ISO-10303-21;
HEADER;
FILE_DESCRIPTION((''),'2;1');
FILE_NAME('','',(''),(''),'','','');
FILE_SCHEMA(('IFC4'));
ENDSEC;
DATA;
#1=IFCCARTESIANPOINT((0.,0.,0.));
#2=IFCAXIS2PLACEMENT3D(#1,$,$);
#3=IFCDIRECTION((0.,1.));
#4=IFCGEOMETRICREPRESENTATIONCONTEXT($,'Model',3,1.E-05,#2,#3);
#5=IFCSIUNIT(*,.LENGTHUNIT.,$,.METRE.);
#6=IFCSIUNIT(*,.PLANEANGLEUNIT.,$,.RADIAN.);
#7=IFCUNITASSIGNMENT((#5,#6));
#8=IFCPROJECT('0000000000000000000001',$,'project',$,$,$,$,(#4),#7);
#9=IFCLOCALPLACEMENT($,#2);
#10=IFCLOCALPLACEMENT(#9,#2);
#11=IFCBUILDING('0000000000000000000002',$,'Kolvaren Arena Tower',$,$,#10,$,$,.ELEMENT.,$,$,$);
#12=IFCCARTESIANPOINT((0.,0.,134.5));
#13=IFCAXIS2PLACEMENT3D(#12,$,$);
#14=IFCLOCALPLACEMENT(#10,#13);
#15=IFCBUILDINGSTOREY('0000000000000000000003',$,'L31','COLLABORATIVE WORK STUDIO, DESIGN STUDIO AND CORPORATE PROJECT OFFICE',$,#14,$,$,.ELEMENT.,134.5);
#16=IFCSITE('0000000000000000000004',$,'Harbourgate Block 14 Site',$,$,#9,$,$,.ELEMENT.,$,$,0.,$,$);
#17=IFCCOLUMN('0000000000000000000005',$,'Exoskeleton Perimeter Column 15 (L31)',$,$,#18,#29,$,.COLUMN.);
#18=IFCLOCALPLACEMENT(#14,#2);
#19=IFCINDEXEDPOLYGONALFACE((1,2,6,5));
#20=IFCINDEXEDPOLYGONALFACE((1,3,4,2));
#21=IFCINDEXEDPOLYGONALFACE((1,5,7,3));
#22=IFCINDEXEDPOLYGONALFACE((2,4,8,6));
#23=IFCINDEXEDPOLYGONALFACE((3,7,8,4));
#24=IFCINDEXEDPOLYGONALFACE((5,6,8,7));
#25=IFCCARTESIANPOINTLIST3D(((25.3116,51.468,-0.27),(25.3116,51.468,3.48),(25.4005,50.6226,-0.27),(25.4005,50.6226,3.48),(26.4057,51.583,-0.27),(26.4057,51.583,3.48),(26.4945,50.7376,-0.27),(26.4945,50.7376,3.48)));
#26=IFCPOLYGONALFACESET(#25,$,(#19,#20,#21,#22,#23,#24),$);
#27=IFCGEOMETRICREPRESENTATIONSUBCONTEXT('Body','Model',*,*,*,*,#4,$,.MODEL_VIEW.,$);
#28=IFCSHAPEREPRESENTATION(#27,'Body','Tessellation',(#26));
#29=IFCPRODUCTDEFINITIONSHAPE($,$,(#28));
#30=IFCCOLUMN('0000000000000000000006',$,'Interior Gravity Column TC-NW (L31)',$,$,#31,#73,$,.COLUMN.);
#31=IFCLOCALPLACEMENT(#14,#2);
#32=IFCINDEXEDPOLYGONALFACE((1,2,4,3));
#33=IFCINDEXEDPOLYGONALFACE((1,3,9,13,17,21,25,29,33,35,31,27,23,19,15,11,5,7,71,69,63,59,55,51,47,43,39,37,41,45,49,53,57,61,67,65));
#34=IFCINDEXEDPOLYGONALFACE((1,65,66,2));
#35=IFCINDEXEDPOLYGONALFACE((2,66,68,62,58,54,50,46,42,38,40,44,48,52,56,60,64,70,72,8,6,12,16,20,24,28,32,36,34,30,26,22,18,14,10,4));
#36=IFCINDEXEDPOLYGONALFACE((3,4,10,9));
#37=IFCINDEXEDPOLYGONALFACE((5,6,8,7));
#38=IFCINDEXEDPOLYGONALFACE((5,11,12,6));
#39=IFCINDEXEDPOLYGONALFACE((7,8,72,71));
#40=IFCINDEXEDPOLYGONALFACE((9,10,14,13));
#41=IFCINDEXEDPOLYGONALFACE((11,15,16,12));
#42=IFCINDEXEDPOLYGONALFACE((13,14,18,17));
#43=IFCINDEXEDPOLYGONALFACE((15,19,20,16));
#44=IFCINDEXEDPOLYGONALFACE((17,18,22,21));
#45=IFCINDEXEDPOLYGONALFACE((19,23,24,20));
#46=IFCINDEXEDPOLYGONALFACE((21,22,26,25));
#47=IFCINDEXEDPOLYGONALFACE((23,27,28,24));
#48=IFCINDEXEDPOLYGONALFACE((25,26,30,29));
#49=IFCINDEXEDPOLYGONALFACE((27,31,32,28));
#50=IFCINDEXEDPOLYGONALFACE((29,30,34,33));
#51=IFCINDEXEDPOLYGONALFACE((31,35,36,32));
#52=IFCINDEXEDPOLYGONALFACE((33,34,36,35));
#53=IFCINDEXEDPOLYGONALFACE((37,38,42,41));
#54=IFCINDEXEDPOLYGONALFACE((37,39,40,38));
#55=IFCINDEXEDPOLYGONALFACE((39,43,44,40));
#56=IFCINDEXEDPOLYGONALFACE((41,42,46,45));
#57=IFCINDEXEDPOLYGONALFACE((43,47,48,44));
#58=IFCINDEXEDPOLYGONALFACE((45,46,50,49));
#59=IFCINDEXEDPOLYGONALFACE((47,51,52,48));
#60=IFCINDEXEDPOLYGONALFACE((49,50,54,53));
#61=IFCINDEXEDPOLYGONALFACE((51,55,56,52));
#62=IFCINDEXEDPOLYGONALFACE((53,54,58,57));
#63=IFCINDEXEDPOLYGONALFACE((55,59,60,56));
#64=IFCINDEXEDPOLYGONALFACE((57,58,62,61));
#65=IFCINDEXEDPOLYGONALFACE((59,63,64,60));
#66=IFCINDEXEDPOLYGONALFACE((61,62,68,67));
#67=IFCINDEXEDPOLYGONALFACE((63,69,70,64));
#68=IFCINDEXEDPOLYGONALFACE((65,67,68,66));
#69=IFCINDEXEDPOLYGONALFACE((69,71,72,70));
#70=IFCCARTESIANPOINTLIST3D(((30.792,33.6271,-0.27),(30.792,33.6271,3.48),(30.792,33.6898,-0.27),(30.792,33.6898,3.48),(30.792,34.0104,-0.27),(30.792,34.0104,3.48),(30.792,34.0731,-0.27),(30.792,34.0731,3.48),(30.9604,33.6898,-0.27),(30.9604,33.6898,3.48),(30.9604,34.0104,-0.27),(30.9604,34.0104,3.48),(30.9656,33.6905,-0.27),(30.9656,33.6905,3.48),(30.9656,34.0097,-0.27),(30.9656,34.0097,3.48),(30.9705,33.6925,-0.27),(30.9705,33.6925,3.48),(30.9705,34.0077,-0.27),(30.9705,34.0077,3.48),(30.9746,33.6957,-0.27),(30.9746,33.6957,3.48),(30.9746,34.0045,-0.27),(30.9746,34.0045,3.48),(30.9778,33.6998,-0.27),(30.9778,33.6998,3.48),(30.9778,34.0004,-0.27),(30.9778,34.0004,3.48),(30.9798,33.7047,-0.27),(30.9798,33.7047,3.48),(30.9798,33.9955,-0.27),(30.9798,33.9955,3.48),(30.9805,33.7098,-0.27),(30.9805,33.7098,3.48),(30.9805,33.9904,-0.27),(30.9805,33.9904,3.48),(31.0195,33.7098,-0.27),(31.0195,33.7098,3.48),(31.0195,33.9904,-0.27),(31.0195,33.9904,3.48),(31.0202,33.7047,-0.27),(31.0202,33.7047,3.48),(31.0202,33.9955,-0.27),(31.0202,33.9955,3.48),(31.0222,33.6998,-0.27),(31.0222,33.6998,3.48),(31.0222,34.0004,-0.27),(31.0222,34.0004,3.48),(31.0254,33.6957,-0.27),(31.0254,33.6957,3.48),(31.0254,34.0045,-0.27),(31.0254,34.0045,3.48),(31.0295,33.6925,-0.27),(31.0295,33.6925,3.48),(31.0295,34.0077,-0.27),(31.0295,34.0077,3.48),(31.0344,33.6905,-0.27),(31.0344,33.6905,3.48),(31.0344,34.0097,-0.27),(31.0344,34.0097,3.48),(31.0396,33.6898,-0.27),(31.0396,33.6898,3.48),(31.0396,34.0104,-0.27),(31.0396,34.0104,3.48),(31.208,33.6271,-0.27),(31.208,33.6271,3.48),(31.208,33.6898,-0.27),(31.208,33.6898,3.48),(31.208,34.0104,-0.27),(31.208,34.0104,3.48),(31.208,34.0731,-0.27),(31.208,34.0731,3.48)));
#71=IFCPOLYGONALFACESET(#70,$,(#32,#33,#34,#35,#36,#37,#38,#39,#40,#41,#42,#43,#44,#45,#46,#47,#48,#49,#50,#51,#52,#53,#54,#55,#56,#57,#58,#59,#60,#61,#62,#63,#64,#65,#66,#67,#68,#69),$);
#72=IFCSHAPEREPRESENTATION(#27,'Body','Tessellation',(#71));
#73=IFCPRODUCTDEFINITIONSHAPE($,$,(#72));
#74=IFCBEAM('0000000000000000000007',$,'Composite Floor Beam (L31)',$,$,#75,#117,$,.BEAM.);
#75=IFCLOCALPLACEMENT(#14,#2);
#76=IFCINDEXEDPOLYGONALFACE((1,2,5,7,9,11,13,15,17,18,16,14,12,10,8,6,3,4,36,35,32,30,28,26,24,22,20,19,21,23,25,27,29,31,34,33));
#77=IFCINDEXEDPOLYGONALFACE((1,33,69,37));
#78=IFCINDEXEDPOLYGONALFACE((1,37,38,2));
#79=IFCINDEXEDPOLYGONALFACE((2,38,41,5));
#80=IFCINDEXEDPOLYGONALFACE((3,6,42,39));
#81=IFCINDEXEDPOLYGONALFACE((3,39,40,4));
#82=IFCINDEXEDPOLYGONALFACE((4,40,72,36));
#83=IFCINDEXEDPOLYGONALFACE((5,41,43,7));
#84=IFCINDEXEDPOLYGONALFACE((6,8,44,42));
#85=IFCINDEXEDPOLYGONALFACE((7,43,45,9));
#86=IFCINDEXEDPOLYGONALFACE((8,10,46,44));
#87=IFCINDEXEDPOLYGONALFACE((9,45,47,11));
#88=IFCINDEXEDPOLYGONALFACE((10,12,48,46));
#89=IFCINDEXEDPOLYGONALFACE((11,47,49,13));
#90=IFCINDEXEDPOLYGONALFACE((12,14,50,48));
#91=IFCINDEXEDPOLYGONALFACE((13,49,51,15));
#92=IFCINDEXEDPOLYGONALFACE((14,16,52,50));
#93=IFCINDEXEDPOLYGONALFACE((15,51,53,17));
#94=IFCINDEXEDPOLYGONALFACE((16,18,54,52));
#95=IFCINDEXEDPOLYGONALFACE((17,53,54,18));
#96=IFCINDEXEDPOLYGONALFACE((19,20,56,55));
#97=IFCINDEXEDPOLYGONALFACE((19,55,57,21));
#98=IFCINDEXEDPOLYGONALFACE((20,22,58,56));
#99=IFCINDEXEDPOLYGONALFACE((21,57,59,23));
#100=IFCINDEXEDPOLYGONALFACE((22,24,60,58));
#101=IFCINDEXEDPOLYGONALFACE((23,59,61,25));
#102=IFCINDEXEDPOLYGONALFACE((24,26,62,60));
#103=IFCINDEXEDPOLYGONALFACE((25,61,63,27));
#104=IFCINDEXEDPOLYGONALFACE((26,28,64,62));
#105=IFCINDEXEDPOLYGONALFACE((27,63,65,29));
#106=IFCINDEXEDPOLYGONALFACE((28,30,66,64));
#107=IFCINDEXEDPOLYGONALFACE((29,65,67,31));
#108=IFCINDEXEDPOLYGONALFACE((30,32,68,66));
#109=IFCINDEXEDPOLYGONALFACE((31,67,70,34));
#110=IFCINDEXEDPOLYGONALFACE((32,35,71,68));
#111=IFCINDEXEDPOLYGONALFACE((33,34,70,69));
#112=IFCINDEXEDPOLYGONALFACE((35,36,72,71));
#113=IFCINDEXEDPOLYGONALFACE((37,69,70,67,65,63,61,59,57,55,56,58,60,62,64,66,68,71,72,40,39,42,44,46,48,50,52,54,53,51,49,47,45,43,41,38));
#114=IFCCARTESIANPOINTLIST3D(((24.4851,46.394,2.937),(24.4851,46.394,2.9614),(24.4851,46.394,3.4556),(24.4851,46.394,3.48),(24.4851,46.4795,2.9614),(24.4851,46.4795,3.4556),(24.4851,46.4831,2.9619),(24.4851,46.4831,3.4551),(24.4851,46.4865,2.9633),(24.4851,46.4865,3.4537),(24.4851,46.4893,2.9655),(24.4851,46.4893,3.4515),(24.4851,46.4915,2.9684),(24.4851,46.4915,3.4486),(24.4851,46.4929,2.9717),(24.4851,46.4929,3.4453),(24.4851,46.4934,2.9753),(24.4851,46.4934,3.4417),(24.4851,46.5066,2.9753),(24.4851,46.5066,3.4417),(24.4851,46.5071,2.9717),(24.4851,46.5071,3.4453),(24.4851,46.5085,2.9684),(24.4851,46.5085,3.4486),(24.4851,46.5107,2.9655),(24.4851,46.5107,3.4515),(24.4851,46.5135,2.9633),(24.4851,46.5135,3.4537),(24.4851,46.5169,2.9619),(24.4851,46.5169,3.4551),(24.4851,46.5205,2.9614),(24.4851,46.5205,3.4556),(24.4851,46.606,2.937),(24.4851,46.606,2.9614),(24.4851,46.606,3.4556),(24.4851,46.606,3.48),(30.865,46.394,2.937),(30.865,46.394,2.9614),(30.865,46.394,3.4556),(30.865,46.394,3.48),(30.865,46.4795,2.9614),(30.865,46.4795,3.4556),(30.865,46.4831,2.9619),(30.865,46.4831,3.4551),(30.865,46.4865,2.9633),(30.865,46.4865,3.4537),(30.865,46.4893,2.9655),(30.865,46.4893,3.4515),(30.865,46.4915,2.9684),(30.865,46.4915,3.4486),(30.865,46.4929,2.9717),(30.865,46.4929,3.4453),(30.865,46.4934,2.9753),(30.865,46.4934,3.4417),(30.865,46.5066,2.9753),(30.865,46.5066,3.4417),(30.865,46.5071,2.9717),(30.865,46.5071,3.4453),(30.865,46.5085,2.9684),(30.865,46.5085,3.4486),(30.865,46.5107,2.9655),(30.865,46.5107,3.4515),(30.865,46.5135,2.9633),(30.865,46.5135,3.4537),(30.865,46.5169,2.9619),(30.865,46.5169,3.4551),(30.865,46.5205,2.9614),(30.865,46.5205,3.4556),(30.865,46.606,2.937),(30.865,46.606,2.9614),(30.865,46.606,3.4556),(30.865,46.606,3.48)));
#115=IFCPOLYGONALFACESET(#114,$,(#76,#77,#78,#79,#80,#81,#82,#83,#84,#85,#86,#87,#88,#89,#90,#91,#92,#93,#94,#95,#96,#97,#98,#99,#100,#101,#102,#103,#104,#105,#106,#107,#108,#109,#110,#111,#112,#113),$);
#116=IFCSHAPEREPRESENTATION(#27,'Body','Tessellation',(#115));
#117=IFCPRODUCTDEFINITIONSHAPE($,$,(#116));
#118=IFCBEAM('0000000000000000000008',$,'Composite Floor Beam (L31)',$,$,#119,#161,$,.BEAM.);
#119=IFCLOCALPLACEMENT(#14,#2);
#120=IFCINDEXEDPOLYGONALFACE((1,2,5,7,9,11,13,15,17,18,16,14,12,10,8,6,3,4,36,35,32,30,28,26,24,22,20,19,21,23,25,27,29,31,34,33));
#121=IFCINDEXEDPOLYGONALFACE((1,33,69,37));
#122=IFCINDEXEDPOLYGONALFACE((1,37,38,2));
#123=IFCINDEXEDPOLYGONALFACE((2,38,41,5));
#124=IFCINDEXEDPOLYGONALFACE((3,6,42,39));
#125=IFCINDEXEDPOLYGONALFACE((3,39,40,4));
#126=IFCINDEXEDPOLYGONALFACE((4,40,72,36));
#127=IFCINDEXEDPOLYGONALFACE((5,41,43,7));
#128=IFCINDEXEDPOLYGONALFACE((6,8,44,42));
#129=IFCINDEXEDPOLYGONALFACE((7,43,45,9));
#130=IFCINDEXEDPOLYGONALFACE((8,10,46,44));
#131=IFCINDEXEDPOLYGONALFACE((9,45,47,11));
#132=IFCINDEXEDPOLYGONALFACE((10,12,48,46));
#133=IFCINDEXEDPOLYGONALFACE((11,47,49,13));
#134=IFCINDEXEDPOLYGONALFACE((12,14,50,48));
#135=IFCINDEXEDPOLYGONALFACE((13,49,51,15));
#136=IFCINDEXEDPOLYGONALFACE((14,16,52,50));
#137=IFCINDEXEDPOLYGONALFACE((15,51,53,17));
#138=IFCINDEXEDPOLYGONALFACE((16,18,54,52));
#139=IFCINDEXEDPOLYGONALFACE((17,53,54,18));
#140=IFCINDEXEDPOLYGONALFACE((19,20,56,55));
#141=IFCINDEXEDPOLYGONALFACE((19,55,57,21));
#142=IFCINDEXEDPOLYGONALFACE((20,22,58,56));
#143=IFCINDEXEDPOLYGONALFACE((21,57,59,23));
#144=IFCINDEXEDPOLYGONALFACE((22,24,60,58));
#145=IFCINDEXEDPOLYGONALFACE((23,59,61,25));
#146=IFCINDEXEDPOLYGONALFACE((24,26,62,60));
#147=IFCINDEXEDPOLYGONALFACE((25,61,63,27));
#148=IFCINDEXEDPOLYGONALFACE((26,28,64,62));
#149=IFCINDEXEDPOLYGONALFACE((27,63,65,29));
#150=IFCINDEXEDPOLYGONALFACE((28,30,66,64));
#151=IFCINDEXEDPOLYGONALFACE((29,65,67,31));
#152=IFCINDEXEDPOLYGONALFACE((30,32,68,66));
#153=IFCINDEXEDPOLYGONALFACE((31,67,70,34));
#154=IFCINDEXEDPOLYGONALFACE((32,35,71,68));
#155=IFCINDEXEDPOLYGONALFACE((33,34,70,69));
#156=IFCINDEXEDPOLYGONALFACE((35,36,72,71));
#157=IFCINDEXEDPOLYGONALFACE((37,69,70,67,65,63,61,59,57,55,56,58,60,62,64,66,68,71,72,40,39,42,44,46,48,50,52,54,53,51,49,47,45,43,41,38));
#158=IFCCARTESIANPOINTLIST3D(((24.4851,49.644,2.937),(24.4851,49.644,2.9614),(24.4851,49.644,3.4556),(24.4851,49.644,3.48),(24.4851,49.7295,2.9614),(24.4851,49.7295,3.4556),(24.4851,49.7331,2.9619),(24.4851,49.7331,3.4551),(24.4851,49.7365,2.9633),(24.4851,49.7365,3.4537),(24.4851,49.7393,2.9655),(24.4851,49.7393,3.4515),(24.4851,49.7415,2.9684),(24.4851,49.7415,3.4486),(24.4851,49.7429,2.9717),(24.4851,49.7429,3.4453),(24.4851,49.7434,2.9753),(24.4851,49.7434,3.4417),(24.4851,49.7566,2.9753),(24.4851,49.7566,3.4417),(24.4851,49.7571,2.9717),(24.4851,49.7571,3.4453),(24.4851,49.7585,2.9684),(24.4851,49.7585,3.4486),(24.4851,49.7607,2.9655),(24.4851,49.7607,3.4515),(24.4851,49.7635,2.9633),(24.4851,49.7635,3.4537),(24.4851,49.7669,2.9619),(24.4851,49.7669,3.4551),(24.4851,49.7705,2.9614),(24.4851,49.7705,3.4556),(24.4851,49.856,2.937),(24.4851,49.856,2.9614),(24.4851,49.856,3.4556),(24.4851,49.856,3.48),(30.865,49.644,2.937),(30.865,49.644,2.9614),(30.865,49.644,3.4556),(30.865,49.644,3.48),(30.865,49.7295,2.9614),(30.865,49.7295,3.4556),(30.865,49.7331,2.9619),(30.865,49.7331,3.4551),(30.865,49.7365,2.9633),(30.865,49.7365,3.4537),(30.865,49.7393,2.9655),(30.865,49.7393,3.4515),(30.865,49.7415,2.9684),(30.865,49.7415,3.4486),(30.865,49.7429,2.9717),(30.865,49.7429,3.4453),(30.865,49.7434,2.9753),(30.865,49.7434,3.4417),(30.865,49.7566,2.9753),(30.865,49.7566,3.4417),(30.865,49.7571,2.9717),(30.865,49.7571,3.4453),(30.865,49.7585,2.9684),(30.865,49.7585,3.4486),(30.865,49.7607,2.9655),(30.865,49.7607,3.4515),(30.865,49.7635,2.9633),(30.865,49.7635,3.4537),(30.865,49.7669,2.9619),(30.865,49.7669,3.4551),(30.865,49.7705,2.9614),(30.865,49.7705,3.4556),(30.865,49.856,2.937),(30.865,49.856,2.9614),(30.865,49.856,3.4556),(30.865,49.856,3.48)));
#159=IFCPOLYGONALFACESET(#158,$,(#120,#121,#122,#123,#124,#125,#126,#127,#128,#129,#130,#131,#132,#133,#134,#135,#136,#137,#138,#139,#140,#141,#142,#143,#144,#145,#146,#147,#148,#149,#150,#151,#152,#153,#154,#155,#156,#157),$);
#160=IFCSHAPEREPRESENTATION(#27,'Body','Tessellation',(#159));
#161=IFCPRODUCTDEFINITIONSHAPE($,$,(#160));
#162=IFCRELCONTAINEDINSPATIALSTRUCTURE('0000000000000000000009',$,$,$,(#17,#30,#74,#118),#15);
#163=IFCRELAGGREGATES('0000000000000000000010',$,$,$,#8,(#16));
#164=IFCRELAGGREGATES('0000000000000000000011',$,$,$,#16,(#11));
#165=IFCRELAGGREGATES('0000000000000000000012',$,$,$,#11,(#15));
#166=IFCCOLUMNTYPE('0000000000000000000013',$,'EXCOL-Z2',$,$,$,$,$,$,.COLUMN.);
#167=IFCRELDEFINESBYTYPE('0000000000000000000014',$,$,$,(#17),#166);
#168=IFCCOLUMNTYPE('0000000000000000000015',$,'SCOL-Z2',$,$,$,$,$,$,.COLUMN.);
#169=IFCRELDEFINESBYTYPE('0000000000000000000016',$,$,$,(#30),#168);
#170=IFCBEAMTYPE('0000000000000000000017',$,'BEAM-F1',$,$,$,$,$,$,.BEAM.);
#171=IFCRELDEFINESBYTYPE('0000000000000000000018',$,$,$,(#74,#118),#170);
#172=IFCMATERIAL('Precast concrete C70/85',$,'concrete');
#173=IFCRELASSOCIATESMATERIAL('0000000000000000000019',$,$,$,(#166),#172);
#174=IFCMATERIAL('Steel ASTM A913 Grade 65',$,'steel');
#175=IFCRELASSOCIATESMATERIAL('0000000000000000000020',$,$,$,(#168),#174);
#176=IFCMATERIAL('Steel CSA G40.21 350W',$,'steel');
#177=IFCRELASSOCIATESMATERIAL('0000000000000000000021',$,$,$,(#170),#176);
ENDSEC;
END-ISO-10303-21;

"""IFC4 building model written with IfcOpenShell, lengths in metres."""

from ifc_helpers import new_model, si_unit, direction, frame, origin, origin_2d, place, context, subcontext, project, spatial, rectangle, i_section, extrude, material, material_profile, profile_set, type_object, element, save


model = new_model("IFC4")

# Units and contexts
model_context = context("Model", 3, precision=1e-05, world=origin(), true_north=direction((0.0, 1.0)))
body_context = subcontext(model_context, "Body", "Model", "MODEL_VIEW")
ifc_project = project(units=[si_unit("LENGTHUNIT", "METRE"), si_unit("PLANEANGLEUNIT", "RADIAN")], contexts=[model_context])

# Site, building, storey
site_placement = place(None, origin())
site = spatial("IfcSite", under=ifc_project, at=site_placement, Name="Harbourgate Block 14 Site", CompositionType="ELEMENT", RefElevation=0.0)
building_placement = place(site_placement, origin())
building = spatial("IfcBuilding", under=site, at=building_placement, Name="Kolvaren Arena Tower", CompositionType="ELEMENT")
storey_placement = place(building_placement, frame((0.0, 0.0, 134.5)))
storey = spatial("IfcBuildingStorey", under=building, at=storey_placement, Name="L31", Description="COLLABORATIVE WORK STUDIO, DESIGN STUDIO AND CORPORATE PROJECT OFFICE", CompositionType="ELEMENT", Elevation=134.5)

# Columns
ifc_material_1 = material(Name="Precast concrete C70/85", Category="concrete")
ifc_material_profile_1 = material_profile(ifc_material_1, rectangle(XDim=1.1001, YDim=0.8501, at=origin_2d()), Name="RC-1100x850")
ifc_profile_set_1 = profile_set([ifc_material_profile_1], Name="Precast concrete C70/85")
column_type_1 = type_object("IfcColumnType", Name="EXCOL-Z2", PredefinedType="COLUMN", material=ifc_profile_set_1)
column_1_placement = place(storey_placement, frame((25.9031, 51.1028, -0.27), z_axis=(0.0, 0.0, 1.0), x_axis=(0.994522, 0.104528, 0.0)))
element("IfcColumn", 1, at=column_1_placement, inside=storey, type_object=column_type_1, Name="Exoskeleton Perimeter Column 15 (L31)", PredefinedType="COLUMN", context=body_context, shape_type="SweptSolid", body=[
    extrude(rectangle(XDim=1.1001, YDim=0.8501, at=origin_2d()), origin(), (0.0, 0.0, 1.0), 3.75),
])
ifc_material_2 = material(Name="Steel ASTM A913 Grade 65", Category="steel")
ifc_material_profile_2 = material_profile(ifc_material_2, i_section(OverallWidth=0.416, OverallDepth=0.446, WebThickness=0.0391, FlangeThickness=0.0627, FilletRadius=0.02, at=origin_2d()), Name="W360x509")
ifc_profile_set_2 = profile_set([ifc_material_profile_2], Name="Steel ASTM A913 Grade 65")
column_type_2 = type_object("IfcColumnType", Name="SCOL-Z2", PredefinedType="COLUMN", material=ifc_profile_set_2)
column_2_placement = place(storey_placement, frame((31.0, 33.8501, -0.27), z_axis=(0.0, 0.0, 1.0), x_axis=(1.0, 0.0, 0.0)))
element("IfcColumn", 2, at=column_2_placement, inside=storey, type_object=column_type_2, Name="Interior Gravity Column TC-NW (L31)", PredefinedType="COLUMN", context=body_context, shape_type="SweptSolid", body=[
    extrude(i_section(OverallWidth=0.416, OverallDepth=0.446, WebThickness=0.0391, FlangeThickness=0.0627, FilletRadius=0.02, at=origin_2d()), origin(), (0.0, 0.0, 1.0), 3.75),
])

# Beams
ifc_material_3 = material(Name="Steel CSA G40.21 350W", Category="steel")
ifc_material_profile_3 = material_profile(ifc_material_3, i_section(OverallWidth=0.2119, OverallDepth=0.543, WebThickness=0.0132, FlangeThickness=0.0244, FilletRadius=0.0139, at=origin_2d()), Name="W530x150")
ifc_profile_set_3 = profile_set([ifc_material_profile_3], Name="Steel CSA G40.21 350W")
beam_type_1 = type_object("IfcBeamType", Name="BEAM-F1", PredefinedType="BEAM", material=ifc_profile_set_3)
for number, where, z_axis, x_axis, name in (
    (3, (24.4851, 46.5, 3.2085), (1.0, 0.0, 0.0), (0.0, 1.0, 0.0), "Composite Floor Beam (L31)"),
    (4, (24.4851, 49.75, 3.2085), (1.0, 0.0, 0.0), (0.0, 1.0, 0.0), "Composite Floor Beam (L31)"),
):
    element("IfcBeam", number, at=place(storey_placement, frame(where, z_axis=z_axis, x_axis=x_axis)), inside=storey, type_object=beam_type_1, Name=name, PredefinedType="BEAM", context=body_context, shape_type="SweptSolid", body=[
        extrude(i_section(OverallWidth=0.2119, OverallDepth=0.543, WebThickness=0.0132, FlangeThickness=0.0244, FilletRadius=0.0139, at=origin_2d()), origin(), (0.0, 0.0, 1.0), 6.3799),
    ])

save(model, "model.ifc")
